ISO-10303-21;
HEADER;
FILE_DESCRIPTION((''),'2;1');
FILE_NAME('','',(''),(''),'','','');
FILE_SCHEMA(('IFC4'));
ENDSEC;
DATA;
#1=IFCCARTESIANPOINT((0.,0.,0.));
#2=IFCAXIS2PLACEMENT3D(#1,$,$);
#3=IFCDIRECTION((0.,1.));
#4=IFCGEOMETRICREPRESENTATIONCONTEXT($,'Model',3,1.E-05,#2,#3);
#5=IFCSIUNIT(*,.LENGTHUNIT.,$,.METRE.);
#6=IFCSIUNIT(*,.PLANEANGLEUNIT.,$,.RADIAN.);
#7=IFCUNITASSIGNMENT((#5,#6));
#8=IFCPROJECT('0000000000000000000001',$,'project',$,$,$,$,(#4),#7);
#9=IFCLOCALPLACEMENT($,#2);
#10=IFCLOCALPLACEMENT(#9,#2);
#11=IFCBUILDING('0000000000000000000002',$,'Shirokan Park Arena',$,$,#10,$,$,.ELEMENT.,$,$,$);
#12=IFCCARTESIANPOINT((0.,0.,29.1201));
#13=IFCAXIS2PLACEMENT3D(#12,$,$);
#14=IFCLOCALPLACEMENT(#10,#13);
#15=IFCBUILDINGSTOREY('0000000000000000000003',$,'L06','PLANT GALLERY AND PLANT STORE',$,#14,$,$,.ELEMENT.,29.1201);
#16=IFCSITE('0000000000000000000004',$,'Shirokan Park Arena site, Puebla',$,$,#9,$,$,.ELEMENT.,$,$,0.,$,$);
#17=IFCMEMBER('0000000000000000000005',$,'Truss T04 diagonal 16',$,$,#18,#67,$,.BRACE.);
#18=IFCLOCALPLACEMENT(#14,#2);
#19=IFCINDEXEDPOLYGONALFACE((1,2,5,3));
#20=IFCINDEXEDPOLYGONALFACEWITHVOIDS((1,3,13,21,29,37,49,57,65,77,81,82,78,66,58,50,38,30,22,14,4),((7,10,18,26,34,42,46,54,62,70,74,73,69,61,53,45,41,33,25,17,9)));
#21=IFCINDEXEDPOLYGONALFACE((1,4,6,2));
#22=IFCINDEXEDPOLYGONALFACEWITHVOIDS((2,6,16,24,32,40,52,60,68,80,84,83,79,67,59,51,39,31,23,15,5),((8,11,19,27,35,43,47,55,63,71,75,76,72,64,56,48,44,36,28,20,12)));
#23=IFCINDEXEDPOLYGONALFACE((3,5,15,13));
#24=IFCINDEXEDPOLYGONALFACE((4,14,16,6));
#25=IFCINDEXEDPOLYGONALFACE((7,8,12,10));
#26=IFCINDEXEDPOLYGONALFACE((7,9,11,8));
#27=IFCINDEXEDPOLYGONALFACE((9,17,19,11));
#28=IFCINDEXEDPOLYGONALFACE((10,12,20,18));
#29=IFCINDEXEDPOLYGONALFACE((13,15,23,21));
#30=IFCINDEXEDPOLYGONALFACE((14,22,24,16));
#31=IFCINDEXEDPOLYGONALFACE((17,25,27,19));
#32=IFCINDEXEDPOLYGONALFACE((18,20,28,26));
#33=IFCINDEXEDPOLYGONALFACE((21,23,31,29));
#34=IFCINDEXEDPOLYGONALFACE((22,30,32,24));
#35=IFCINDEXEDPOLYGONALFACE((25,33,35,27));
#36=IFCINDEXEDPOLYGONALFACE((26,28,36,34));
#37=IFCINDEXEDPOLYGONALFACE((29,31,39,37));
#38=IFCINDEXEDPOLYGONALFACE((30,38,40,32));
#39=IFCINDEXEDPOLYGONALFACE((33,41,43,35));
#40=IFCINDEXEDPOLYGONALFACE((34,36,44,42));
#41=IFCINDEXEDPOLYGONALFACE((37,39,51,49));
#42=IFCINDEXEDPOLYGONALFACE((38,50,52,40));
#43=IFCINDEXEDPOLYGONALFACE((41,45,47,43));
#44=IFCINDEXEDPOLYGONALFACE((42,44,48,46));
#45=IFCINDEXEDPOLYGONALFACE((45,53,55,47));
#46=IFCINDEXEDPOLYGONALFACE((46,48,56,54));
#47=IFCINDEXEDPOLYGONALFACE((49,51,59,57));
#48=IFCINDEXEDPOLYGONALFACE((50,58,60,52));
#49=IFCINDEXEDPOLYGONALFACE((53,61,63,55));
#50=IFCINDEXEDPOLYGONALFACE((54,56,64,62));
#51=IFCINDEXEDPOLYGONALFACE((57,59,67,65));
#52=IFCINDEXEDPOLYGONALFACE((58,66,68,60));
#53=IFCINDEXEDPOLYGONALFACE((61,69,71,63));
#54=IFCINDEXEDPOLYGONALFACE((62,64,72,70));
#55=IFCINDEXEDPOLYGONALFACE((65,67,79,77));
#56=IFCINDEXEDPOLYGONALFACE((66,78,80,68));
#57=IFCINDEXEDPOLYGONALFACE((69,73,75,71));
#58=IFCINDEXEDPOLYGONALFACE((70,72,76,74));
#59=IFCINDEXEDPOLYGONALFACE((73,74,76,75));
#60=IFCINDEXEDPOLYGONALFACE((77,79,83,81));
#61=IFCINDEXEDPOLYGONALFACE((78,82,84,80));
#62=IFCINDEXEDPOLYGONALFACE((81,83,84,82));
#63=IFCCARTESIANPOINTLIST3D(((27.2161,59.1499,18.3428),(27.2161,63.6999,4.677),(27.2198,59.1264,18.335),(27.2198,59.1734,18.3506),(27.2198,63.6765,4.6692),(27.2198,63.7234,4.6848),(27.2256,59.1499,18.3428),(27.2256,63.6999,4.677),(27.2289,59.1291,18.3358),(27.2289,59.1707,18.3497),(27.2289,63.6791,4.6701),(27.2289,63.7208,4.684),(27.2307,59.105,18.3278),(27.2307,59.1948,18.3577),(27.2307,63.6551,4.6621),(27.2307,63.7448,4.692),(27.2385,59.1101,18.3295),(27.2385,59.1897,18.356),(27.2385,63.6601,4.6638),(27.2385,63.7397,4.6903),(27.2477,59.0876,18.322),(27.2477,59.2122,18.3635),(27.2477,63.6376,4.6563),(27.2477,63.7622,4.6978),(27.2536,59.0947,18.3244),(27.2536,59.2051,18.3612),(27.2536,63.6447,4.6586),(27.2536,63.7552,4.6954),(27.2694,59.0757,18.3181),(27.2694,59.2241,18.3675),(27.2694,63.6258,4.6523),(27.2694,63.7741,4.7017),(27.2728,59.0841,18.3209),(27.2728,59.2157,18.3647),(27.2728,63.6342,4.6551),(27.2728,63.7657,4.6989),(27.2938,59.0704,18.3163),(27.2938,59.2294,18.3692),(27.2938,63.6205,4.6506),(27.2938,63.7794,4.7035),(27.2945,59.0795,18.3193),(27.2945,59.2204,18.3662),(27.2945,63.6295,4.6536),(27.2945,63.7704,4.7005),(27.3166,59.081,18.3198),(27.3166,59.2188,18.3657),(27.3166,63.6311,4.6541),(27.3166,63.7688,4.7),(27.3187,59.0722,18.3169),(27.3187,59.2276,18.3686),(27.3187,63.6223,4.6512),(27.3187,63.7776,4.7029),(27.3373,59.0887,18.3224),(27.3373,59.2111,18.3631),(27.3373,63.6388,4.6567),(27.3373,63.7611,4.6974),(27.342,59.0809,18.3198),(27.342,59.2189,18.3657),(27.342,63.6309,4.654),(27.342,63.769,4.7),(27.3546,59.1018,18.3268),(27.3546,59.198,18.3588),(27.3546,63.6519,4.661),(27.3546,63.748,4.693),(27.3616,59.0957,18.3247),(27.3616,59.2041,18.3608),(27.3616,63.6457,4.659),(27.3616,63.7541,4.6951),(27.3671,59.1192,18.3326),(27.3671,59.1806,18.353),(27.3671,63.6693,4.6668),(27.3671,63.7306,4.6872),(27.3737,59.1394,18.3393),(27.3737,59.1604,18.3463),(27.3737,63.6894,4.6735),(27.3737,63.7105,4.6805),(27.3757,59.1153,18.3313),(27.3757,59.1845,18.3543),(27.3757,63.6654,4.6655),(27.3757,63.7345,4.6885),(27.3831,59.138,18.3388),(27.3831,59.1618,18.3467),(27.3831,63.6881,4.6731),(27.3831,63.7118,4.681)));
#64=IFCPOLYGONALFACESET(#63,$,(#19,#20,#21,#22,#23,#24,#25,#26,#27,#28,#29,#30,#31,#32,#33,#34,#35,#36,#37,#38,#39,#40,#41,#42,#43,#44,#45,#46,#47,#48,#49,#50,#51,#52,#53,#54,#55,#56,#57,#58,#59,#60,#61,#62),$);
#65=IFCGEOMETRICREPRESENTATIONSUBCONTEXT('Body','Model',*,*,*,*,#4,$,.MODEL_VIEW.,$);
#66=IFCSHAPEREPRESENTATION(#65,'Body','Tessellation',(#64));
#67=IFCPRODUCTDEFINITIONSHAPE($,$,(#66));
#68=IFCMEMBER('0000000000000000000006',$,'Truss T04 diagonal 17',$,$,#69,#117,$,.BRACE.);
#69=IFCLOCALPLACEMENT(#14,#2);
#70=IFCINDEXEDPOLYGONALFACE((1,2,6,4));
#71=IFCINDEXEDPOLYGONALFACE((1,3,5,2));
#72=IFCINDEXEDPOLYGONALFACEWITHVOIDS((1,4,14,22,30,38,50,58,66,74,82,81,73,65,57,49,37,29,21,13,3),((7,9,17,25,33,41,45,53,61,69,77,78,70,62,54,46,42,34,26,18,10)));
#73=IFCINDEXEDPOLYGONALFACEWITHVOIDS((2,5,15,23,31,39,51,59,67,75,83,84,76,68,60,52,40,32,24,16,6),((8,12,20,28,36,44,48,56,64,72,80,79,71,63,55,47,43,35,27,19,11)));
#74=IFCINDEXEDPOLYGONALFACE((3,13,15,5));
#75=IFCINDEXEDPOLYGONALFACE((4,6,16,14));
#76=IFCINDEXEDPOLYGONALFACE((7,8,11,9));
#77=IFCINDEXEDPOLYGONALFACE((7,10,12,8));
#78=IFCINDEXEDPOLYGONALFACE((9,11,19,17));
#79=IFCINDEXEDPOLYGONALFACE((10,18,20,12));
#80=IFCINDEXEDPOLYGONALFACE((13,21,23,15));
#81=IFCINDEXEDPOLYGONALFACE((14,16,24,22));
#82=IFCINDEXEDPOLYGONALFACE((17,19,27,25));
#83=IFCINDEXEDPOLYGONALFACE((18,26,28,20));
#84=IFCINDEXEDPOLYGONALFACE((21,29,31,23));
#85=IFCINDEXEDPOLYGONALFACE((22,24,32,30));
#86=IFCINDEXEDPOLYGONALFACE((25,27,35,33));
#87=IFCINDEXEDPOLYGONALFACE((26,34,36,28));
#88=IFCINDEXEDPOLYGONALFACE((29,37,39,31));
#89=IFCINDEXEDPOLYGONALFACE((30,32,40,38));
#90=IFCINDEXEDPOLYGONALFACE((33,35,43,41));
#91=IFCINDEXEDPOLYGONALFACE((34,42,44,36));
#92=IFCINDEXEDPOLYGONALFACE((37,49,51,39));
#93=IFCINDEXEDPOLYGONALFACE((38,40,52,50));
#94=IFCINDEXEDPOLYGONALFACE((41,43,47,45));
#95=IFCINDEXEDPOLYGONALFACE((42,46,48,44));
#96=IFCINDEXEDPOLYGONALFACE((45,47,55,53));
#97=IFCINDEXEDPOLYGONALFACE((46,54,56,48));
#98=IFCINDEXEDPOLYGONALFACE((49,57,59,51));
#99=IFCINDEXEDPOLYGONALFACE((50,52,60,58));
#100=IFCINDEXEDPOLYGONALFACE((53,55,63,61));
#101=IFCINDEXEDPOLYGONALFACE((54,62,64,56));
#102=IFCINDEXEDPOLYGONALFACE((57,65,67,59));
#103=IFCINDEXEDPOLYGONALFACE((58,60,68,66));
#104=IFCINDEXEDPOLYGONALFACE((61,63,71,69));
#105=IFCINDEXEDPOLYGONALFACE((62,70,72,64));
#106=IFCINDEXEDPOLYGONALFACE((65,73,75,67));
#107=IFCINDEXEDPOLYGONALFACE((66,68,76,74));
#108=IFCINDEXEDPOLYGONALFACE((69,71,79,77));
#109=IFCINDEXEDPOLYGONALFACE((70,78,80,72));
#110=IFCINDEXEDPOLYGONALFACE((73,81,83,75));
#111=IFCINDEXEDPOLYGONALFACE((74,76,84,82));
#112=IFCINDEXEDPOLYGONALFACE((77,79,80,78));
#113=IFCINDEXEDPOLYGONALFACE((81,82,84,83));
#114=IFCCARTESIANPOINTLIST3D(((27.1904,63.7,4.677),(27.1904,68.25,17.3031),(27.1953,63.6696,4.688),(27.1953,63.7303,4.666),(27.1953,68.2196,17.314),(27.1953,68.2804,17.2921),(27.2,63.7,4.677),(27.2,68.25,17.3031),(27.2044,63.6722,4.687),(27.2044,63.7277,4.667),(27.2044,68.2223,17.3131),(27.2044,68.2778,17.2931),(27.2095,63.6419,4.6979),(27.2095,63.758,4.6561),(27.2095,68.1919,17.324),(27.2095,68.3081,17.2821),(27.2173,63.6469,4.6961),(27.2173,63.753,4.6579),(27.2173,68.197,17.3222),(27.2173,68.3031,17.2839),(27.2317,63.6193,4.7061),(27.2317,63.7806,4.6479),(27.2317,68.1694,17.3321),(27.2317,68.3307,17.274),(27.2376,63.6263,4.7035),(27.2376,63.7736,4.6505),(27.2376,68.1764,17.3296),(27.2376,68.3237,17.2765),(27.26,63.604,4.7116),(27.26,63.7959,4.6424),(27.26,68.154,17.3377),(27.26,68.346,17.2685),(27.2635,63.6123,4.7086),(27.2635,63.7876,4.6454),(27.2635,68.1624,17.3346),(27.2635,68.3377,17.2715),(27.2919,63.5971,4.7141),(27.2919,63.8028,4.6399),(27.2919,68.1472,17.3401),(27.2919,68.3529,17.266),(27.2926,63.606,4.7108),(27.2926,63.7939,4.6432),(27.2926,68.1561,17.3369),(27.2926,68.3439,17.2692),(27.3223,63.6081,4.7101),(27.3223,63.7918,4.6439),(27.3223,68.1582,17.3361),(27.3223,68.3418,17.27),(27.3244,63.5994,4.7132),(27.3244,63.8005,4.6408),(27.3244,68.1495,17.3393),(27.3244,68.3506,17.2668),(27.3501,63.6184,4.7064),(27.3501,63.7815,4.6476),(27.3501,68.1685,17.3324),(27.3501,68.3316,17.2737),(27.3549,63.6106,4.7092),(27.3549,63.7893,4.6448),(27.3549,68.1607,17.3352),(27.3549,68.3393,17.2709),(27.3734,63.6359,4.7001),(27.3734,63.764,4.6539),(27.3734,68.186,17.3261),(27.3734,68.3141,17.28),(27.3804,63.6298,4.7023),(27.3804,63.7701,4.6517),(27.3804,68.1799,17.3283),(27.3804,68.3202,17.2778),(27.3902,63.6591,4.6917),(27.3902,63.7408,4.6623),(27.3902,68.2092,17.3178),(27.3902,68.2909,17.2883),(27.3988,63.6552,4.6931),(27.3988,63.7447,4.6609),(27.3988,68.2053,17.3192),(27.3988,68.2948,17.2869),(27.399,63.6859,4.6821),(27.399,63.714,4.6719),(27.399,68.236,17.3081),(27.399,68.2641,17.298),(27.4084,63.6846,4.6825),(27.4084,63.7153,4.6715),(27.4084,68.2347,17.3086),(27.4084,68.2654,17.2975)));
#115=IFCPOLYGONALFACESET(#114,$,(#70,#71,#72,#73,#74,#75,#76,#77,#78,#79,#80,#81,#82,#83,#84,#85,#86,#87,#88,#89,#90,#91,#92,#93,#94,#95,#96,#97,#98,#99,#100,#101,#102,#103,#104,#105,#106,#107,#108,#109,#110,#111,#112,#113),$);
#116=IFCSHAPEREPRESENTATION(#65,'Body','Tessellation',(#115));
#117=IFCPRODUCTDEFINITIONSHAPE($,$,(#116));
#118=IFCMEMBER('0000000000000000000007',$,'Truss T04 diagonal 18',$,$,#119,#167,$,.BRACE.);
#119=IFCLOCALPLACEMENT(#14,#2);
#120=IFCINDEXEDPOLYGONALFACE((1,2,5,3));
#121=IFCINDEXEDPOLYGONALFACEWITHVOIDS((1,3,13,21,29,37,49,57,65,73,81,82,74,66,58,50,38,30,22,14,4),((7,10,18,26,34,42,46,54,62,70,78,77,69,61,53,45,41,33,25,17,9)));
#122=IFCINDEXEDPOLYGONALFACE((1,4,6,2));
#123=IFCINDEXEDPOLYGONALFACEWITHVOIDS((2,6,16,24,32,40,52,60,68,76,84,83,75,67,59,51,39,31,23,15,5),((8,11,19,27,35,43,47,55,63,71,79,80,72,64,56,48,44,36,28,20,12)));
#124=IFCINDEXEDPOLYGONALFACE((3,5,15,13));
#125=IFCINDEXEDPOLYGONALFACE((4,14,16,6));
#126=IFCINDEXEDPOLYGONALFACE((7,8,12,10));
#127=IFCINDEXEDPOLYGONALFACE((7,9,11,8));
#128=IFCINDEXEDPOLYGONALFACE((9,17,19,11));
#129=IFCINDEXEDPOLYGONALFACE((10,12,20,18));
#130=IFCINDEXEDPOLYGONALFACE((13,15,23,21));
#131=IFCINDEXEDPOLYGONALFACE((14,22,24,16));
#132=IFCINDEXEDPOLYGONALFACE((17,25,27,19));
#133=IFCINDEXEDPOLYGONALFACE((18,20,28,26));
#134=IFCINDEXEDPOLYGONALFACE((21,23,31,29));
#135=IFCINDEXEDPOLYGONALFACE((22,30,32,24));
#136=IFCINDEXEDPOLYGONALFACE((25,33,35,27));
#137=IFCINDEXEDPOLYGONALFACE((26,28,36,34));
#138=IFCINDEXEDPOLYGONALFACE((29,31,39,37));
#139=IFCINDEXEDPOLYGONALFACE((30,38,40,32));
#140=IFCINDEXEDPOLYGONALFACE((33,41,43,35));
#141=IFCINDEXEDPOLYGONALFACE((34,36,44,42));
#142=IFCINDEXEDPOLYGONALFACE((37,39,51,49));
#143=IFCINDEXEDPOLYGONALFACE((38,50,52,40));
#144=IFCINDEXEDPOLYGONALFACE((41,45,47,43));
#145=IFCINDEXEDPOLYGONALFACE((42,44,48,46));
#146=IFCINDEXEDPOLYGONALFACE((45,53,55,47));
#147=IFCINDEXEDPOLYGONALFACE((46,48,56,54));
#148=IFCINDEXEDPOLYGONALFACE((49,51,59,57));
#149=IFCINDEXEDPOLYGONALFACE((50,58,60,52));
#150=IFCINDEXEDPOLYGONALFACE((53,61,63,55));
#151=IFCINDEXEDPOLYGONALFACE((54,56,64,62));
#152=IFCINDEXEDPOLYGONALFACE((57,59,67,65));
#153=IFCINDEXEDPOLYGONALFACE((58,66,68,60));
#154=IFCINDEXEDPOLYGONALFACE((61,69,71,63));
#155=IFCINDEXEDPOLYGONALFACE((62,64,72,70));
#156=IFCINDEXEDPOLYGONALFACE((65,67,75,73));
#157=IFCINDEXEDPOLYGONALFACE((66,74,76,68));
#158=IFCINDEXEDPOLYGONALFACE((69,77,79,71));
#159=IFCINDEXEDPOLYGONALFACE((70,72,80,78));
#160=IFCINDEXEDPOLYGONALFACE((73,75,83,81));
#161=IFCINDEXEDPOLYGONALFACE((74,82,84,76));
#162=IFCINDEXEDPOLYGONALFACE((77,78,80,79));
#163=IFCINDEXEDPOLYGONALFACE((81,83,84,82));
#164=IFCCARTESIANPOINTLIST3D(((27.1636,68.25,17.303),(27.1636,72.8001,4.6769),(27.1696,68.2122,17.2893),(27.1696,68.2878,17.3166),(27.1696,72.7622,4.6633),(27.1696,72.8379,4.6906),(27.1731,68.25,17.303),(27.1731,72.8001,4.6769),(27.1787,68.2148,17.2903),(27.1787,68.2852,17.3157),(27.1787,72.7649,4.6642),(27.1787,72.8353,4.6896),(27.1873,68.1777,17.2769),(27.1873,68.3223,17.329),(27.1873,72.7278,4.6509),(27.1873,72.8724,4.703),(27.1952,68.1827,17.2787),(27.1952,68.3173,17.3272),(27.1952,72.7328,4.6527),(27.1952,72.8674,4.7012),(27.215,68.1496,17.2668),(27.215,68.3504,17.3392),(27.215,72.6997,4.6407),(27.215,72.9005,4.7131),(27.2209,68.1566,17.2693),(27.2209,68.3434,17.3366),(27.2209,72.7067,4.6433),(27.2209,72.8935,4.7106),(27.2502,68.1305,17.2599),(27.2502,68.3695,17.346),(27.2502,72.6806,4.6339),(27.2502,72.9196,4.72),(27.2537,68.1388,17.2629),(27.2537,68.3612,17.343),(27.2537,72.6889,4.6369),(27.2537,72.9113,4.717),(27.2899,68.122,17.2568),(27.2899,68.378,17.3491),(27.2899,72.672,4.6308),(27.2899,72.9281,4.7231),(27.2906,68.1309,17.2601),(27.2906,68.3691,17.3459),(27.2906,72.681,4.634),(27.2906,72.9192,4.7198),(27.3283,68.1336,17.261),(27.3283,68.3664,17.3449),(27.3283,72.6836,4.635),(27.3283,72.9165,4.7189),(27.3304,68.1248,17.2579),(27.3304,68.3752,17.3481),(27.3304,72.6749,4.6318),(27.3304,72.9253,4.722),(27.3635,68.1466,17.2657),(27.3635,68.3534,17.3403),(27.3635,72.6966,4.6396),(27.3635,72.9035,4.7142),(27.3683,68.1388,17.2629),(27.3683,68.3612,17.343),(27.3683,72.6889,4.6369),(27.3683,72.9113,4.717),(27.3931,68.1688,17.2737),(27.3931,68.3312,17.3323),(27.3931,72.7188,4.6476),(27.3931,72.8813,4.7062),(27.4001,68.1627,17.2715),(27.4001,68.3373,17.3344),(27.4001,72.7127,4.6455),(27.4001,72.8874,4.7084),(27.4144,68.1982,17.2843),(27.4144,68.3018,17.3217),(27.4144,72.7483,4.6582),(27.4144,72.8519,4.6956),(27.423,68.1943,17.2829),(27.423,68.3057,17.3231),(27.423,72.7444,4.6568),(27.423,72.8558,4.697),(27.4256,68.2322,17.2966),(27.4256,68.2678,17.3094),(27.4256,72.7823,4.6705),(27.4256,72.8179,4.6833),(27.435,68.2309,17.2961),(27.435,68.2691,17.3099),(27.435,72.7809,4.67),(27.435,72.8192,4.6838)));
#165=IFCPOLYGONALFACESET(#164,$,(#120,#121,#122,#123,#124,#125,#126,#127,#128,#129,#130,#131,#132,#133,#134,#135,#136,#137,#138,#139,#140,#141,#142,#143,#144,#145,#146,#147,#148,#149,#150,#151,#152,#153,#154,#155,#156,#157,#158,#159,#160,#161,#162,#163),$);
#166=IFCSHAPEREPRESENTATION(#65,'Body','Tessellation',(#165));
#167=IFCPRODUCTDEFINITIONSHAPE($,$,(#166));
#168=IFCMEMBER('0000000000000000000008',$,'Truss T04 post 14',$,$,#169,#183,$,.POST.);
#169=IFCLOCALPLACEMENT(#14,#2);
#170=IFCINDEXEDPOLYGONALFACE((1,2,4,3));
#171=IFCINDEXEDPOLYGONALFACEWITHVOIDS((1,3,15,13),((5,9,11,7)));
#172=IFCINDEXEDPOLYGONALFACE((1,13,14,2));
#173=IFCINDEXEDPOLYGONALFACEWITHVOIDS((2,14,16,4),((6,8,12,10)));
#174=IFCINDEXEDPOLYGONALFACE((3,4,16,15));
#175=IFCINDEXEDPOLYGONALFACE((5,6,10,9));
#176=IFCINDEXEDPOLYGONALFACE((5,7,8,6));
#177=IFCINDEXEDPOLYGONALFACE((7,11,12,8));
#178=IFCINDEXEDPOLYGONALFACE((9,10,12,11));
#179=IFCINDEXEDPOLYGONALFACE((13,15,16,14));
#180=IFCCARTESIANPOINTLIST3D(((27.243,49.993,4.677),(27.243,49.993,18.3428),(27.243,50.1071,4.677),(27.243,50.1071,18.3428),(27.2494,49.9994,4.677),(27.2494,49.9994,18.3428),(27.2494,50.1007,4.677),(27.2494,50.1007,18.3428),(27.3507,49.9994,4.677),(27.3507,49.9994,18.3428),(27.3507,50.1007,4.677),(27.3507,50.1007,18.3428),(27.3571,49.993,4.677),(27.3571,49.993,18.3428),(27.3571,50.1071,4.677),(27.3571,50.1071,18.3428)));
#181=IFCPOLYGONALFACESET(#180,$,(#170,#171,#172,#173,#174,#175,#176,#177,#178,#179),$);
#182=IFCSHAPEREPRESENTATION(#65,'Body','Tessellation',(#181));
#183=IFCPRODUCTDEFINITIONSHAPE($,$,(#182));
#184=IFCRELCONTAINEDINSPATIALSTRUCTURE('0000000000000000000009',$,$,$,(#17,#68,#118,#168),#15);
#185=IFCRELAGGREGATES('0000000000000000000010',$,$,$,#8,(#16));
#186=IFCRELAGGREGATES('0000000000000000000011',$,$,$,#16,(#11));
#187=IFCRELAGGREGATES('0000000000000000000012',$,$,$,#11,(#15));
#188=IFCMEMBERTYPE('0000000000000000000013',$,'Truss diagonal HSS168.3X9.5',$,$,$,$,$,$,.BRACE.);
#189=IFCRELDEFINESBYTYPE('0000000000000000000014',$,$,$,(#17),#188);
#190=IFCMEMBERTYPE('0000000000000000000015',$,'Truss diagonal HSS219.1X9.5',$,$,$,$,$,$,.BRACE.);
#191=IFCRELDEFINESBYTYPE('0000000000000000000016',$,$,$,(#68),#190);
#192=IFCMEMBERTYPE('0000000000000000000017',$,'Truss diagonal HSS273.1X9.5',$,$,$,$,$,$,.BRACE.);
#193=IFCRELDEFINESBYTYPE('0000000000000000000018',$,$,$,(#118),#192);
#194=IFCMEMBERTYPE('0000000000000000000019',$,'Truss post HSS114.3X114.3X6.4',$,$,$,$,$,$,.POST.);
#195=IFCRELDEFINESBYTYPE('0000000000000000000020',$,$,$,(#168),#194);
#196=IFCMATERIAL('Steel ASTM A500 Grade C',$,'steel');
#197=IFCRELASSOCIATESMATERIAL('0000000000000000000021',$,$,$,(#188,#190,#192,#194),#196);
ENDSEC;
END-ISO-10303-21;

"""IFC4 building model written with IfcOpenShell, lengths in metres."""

from ifc_helpers import new_model, si_unit, direction, frame, origin, origin_2d, place, context, subcontext, project, spatial, hollow_rectangle, hollow_circle, extrude, material, material_profile, profile_set, type_object, element, save


model = new_model("IFC4")

# Units and contexts
model_context = context("Model", 3, precision=1e-05, world=origin(), true_north=direction((0.0, 1.0)))
body_context = subcontext(model_context, "Body", "Model", "MODEL_VIEW")
ifc_project = project(units=[si_unit("LENGTHUNIT", "METRE"), si_unit("PLANEANGLEUNIT", "RADIAN")], contexts=[model_context])

# Site, building, storey
site_placement = place(None, origin())
site = spatial("IfcSite", under=ifc_project, at=site_placement, Name="Shirokan Park Arena site, Puebla", CompositionType="ELEMENT", RefElevation=0.0)
building_placement = place(site_placement, origin())
building = spatial("IfcBuilding", under=site, at=building_placement, Name="Shirokan Park Arena", CompositionType="ELEMENT")
storey_placement = place(building_placement, frame((0.0, 0.0, 29.1201)))
storey = spatial("IfcBuildingStorey", under=building, at=storey_placement, Name="L06", Description="PLANT GALLERY AND PLANT STORE", CompositionType="ELEMENT", Elevation=29.1201)

# Members
ifc_material_1 = material(Name="Steel ASTM A500 Grade C", Category="steel")
ifc_material_profile_1 = material_profile(ifc_material_1, hollow_circle(Radius=0.084, WallThickness=0.0095, at=origin_2d()), Name="HSS168.3X9.5")
ifc_profile_set_1 = profile_set([ifc_material_profile_1], Name="Steel ASTM A500 Grade C")
member_type_1 = type_object("IfcMemberType", Name="Truss diagonal HSS168.3X9.5", PredefinedType="BRACE", material=ifc_profile_set_1)
member_1_placement = place(storey_placement, frame((27.3, 59.1499, 18.3428), z_axis=(0.0, 0.315902, -0.948792), x_axis=(-1.0, 0.0, 0.0)))
element("IfcMember", 1, at=member_1_placement, inside=storey, type_object=member_type_1, Name="Truss T04 diagonal 16", PredefinedType="BRACE", context=body_context, shape_type="SweptSolid", body=[
    extrude(hollow_circle(Radius=0.084, WallThickness=0.0095, at=origin_2d()), origin(), (0.0, 0.0, 1.0), 14.4033),
])
ifc_material_profile_2 = material_profile(ifc_material_1, hollow_circle(Radius=0.1096, WallThickness=0.0095, at=origin_2d()), Name="HSS219.1X9.5")
ifc_profile_set_2 = profile_set([ifc_material_profile_2], Name="Steel ASTM A500 Grade C")
member_type_2 = type_object("IfcMemberType", Name="Truss diagonal HSS219.1X9.5", PredefinedType="BRACE", material=ifc_profile_set_2)
member_2_placement = place(storey_placement, frame((27.3, 63.7, 4.677), z_axis=(0.0, 0.339029, 0.940776), x_axis=(-1.0, 0.0, 0.0)))
element("IfcMember", 2, at=member_2_placement, inside=storey, type_object=member_type_2, Name="Truss T04 diagonal 17", PredefinedType="BRACE", context=body_context, shape_type="SweptSolid", body=[
    extrude(hollow_circle(Radius=0.1096, WallThickness=0.0095, at=origin_2d()), origin(), (0.0, 0.0, 1.0), 13.4209),
])
ifc_material_profile_3 = material_profile(ifc_material_1, hollow_circle(Radius=0.1365, WallThickness=0.0095, at=origin_2d()), Name="HSS273.1X9.5")
ifc_profile_set_3 = profile_set([ifc_material_profile_3], Name="Steel ASTM A500 Grade C")
member_type_3 = type_object("IfcMemberType", Name="Truss diagonal HSS273.1X9.5", PredefinedType="BRACE", material=ifc_profile_set_3)
member_3_placement = place(storey_placement, frame((27.3, 68.25, 17.303), z_axis=(0.0, 0.339029, -0.940776), x_axis=(-1.0, 0.0, 0.0)))
element("IfcMember", 3, at=member_3_placement, inside=storey, type_object=member_type_3, Name="Truss T04 diagonal 18", PredefinedType="BRACE", context=body_context, shape_type="SweptSolid", body=[
    extrude(hollow_circle(Radius=0.1365, WallThickness=0.0095, at=origin_2d()), origin(), (0.0, 0.0, 1.0), 13.4209),
])
ifc_material_profile_4 = material_profile(ifc_material_1, hollow_rectangle(XDim=0.114, YDim=0.114, WallThickness=0.0063, at=origin_2d()), Name="HSS114.3X114.3X6.4")
ifc_profile_set_4 = profile_set([ifc_material_profile_4], Name="Steel ASTM A500 Grade C")
member_type_4 = type_object("IfcMemberType", Name="Truss post HSS114.3X114.3X6.4", PredefinedType="POST", material=ifc_profile_set_4)
member_4_placement = place(storey_placement, frame((27.3, 50.05, 4.677), z_axis=(0.0, 0.0, 1.0), x_axis=(1.0, 0.0, 0.0)))
element("IfcMember", 4, at=member_4_placement, inside=storey, type_object=member_type_4, Name="Truss T04 post 14", PredefinedType="POST", context=body_context, shape_type="SweptSolid", body=[
    extrude(hollow_rectangle(XDim=0.114, YDim=0.114, WallThickness=0.0063, at=origin_2d()), origin(), (0.0, 0.0, 1.0), 13.6658),
])

save(model, "model.ifc")
